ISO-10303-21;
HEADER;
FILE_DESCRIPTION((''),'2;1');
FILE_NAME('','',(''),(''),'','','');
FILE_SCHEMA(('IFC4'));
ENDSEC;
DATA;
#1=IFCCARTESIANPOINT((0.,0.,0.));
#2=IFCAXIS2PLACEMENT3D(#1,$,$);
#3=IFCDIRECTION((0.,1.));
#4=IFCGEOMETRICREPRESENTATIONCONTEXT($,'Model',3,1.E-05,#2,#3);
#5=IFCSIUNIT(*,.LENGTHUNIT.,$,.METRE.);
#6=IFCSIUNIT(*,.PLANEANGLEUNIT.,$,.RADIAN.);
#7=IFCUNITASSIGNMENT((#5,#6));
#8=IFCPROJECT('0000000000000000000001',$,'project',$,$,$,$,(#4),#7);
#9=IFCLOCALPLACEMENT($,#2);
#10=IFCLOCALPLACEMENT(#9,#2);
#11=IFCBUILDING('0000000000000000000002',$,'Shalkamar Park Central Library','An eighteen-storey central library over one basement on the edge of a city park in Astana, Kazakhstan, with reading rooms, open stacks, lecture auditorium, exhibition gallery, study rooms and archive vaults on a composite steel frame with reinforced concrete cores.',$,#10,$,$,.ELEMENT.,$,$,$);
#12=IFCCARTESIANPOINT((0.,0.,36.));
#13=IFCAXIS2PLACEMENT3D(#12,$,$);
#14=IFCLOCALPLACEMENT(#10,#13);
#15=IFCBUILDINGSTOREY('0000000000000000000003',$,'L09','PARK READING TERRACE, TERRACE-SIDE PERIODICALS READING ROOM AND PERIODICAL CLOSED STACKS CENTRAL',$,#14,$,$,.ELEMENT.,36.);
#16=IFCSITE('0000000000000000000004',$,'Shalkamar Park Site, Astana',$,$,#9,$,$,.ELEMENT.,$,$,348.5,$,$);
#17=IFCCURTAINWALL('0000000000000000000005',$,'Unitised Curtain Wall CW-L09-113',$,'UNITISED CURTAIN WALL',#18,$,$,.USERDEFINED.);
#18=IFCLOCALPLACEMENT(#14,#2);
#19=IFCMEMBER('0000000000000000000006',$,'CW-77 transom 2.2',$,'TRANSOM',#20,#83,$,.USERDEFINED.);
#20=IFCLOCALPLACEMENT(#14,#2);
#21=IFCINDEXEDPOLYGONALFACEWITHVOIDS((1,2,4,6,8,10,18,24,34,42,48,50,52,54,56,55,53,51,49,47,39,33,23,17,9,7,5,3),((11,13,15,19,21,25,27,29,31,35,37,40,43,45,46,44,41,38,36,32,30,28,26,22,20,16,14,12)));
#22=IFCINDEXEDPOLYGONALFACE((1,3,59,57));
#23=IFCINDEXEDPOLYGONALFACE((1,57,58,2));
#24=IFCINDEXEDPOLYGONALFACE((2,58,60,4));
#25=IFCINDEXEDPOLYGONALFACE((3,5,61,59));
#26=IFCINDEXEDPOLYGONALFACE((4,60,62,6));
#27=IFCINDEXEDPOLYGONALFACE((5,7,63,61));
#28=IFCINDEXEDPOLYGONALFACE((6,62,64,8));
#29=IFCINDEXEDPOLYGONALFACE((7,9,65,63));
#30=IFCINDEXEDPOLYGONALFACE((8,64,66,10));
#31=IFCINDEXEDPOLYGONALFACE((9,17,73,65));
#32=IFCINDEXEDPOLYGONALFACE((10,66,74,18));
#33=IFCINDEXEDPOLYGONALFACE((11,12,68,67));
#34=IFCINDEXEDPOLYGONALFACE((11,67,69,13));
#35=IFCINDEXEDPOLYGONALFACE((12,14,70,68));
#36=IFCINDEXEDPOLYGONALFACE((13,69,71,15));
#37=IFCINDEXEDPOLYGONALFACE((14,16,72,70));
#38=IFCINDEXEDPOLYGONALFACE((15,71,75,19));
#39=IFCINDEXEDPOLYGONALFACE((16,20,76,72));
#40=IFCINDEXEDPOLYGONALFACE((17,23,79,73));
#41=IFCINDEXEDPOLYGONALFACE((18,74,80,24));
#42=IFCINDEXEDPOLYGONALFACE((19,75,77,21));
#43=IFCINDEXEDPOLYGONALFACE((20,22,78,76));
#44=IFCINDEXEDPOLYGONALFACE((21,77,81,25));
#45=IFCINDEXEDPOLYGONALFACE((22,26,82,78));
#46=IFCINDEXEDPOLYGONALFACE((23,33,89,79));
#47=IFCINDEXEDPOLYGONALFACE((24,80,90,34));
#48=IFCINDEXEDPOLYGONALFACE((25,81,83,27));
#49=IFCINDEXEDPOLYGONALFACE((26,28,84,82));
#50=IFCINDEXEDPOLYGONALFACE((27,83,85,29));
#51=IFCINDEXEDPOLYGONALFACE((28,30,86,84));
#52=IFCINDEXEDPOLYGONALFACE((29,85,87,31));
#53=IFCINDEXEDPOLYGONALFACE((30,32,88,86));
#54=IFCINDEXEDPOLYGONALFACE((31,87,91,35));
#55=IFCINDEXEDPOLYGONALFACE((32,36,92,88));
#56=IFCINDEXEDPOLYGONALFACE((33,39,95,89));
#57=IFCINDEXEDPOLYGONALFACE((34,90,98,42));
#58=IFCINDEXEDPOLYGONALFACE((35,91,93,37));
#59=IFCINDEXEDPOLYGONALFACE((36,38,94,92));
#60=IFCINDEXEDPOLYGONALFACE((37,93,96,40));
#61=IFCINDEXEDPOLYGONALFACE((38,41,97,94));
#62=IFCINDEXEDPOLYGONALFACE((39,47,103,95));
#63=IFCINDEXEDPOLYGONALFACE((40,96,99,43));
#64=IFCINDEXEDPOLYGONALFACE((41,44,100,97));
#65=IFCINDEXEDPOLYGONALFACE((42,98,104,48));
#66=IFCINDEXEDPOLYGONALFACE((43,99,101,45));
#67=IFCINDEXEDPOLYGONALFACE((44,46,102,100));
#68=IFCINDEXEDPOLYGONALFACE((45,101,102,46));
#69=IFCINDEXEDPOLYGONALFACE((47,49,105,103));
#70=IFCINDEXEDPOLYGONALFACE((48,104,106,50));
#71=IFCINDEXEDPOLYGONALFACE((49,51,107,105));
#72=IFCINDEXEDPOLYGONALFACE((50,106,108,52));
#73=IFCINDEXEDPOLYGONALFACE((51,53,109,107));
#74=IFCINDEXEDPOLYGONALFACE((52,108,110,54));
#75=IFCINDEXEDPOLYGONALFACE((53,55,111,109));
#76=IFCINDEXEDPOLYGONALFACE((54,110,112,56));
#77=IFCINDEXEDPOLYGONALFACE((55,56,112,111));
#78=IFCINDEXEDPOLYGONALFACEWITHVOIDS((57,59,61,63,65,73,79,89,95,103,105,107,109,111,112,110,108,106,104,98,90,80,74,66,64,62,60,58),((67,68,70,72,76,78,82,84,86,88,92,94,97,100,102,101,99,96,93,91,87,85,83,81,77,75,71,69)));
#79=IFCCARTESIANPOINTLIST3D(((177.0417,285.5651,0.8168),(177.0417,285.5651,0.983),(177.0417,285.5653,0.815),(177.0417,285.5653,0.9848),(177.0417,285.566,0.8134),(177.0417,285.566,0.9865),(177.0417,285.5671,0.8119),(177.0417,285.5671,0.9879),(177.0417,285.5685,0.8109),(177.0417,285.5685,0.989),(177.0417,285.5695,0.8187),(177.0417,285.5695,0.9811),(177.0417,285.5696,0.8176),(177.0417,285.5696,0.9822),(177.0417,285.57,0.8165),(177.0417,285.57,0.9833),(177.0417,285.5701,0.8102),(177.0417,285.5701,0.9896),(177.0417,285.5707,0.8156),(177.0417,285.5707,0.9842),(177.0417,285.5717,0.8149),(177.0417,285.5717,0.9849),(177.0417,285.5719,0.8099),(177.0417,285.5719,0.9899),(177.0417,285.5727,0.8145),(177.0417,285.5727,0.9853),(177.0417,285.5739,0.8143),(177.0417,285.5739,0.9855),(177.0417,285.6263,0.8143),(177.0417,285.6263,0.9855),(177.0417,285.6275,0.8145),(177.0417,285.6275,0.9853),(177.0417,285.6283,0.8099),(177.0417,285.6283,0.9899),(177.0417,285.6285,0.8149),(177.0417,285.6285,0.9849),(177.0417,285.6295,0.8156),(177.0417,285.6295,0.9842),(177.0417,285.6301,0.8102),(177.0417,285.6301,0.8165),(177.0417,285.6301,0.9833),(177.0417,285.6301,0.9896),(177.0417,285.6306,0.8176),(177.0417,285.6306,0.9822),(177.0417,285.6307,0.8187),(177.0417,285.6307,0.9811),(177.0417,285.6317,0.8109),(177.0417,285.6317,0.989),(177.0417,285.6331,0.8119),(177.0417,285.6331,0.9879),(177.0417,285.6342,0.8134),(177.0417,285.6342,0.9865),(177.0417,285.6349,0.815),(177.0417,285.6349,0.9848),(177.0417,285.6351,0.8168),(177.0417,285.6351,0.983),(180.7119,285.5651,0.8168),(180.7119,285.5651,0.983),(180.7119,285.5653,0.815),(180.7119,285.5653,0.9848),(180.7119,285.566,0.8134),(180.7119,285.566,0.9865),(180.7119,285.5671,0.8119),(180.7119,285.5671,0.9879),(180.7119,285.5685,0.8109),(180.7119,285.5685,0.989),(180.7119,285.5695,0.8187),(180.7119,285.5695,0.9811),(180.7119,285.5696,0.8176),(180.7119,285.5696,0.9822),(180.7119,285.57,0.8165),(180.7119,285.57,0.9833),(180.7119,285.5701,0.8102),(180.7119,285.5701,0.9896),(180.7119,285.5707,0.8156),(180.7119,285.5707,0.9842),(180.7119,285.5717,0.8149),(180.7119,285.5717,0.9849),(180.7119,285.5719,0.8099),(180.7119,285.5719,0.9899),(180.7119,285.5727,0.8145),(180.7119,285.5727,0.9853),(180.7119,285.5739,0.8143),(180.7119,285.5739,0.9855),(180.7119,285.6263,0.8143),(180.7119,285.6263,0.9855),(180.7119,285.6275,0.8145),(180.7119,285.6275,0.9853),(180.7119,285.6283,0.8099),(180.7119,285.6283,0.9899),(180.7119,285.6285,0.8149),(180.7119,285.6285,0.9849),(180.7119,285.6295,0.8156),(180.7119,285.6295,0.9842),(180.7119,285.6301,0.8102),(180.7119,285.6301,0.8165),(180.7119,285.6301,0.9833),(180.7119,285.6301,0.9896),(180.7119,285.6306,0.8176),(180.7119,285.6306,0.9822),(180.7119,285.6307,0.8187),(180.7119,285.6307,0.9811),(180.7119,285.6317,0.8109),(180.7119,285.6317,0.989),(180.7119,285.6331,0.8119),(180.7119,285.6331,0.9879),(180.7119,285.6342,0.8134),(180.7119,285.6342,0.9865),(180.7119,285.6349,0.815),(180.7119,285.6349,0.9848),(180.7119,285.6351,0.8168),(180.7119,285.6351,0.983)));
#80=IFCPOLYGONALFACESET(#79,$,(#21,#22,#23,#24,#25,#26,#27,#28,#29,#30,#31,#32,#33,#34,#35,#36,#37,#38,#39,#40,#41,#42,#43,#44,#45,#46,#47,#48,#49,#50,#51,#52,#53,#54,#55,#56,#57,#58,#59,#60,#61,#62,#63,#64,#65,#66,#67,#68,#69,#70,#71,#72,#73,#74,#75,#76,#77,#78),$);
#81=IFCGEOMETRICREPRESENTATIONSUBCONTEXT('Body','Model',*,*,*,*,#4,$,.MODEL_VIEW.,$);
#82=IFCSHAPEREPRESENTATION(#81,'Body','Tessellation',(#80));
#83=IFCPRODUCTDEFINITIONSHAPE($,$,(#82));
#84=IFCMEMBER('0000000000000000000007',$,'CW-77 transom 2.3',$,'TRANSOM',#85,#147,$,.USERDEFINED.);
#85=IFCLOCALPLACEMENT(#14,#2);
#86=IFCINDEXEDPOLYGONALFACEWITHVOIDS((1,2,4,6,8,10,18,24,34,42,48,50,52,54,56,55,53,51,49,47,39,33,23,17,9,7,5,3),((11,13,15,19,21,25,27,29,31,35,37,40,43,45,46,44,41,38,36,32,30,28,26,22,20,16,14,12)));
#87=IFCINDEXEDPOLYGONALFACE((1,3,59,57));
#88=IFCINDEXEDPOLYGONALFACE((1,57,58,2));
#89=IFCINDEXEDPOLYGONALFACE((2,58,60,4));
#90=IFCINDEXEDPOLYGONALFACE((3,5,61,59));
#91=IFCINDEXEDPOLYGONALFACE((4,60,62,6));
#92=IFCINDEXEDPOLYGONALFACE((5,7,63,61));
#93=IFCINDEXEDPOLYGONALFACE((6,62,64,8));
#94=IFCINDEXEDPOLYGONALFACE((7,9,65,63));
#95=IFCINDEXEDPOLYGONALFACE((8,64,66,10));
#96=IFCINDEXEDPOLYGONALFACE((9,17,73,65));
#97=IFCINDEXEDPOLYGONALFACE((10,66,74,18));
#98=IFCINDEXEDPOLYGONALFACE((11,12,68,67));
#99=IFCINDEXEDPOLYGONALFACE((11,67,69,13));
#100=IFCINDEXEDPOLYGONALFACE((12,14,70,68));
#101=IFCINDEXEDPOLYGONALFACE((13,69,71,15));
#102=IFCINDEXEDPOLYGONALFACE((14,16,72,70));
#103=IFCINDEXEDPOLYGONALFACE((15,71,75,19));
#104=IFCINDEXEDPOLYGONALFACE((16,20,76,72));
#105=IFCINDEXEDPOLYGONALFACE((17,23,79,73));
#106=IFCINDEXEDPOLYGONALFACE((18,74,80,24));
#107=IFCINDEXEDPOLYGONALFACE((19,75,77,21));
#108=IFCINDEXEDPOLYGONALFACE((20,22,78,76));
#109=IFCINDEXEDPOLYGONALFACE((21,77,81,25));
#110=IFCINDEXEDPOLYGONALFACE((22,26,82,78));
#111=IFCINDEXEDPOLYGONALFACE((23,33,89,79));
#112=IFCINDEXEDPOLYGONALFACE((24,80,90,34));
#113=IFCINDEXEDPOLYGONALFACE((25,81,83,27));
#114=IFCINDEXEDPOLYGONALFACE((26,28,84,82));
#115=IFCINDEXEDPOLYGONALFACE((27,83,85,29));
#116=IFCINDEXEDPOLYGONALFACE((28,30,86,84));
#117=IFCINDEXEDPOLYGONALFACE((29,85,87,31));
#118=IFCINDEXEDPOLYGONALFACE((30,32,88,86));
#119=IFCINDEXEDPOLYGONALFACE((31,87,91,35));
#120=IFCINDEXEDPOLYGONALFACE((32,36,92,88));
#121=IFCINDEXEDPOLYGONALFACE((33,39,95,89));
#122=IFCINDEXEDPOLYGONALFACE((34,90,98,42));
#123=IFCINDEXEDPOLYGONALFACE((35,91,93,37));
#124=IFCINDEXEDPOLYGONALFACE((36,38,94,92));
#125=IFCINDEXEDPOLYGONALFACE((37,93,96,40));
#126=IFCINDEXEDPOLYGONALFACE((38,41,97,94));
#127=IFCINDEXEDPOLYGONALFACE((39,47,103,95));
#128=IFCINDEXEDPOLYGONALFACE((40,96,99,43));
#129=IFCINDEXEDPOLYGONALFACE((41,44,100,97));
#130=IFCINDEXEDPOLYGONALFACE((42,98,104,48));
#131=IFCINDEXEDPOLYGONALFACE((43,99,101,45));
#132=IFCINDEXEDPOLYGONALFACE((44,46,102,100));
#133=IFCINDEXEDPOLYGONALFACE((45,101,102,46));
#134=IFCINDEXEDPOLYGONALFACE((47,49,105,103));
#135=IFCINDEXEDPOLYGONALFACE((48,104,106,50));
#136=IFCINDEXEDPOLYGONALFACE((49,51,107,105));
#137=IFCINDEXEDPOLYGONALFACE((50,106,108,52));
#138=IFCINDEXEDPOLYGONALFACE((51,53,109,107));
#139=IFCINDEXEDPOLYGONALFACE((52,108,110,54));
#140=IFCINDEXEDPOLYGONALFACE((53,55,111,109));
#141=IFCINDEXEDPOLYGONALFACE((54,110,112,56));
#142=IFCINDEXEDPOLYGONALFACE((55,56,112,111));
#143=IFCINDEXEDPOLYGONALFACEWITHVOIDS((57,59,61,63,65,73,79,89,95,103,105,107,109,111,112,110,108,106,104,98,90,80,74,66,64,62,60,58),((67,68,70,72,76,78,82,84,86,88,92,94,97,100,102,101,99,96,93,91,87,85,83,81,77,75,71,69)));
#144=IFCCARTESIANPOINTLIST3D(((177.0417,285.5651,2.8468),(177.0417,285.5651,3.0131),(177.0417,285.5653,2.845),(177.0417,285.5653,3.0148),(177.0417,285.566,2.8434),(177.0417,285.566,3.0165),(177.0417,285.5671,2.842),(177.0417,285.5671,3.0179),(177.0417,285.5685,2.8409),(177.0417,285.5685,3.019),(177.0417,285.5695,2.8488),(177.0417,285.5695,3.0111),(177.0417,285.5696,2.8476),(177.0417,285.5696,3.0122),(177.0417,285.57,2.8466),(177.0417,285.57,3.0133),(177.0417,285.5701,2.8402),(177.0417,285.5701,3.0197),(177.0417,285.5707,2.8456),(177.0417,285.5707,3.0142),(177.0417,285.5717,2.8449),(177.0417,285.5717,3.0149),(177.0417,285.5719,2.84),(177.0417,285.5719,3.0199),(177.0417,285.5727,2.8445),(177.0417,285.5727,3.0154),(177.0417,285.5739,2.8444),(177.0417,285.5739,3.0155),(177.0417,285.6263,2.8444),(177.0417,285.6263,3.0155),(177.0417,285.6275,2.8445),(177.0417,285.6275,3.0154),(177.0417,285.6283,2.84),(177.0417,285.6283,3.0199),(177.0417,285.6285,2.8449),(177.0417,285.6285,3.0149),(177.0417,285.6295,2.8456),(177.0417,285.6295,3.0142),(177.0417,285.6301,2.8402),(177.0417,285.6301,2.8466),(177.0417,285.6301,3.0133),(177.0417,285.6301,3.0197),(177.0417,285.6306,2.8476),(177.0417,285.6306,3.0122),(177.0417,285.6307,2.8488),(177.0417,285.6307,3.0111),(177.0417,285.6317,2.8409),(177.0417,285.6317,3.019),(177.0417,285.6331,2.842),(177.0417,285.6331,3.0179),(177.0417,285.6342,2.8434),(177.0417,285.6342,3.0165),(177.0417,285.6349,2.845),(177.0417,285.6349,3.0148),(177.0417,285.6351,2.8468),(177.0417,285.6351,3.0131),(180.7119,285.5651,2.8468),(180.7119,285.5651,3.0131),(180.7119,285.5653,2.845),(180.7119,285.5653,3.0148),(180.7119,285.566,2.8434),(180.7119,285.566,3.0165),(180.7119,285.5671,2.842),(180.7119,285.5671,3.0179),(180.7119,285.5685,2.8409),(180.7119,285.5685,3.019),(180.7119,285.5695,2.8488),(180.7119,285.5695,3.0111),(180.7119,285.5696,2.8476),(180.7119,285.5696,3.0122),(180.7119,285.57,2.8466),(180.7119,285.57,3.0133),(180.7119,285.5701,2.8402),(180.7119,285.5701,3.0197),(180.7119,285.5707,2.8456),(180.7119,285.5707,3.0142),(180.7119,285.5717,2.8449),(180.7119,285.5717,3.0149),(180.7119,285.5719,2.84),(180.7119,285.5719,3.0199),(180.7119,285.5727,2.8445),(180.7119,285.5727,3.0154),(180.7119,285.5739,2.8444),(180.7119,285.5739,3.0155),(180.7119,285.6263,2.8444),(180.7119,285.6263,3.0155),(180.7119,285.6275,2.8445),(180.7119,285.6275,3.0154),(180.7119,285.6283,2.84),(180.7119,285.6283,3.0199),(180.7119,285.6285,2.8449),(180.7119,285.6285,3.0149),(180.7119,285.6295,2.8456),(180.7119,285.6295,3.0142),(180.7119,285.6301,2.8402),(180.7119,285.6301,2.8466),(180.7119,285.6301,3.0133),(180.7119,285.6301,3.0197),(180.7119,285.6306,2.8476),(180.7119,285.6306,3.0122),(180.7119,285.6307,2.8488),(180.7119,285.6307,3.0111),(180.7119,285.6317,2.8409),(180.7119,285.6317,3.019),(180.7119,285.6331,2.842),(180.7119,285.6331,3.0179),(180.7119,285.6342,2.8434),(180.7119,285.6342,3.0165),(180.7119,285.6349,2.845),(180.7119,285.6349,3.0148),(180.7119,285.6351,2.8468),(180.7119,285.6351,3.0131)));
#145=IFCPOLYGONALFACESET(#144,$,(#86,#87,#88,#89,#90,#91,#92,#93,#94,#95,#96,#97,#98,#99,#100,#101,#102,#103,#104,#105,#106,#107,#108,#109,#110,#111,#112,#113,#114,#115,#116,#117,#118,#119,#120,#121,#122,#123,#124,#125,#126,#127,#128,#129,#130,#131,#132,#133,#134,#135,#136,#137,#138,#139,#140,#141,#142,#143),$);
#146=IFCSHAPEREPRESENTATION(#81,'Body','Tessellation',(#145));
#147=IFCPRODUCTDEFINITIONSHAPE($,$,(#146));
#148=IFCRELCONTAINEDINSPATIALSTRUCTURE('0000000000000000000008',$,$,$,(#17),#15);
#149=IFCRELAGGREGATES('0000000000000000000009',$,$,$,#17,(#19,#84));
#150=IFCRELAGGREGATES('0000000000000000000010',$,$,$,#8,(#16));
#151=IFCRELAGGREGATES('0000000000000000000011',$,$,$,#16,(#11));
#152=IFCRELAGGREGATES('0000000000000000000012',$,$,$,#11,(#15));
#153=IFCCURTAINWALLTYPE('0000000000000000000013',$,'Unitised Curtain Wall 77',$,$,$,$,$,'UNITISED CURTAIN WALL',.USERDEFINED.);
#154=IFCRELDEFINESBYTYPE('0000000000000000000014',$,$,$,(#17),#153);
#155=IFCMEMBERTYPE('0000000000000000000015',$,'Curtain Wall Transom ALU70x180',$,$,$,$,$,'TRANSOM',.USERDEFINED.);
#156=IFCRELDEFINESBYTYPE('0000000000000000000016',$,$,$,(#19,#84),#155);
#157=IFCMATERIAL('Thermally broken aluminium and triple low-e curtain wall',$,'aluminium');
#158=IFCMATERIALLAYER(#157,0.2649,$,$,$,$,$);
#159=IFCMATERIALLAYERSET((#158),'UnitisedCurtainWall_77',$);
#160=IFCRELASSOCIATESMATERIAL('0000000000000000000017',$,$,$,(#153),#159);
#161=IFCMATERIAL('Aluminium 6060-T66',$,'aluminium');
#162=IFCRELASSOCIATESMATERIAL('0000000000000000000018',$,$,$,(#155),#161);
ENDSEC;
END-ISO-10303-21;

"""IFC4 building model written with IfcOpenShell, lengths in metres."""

from ifc_helpers import new_model, si_unit, direction, frame, origin, origin_2d, place, context, subcontext, project, spatial, hollow_rectangle, extrude, material, layer, layer_set, material_profile, profile_set, type_object, element, aggregate, save


model = new_model("IFC4")

# Units and contexts
model_context = context("Model", 3, precision=1e-05, world=origin(), true_north=direction((0.0, 1.0)))
body_context = subcontext(model_context, "Body", "Model", "MODEL_VIEW")
ifc_project = project(units=[si_unit("LENGTHUNIT", "METRE"), si_unit("PLANEANGLEUNIT", "RADIAN")], contexts=[model_context])

# Site, building, storey
site_placement = place(None, origin())
site = spatial("IfcSite", under=ifc_project, at=site_placement, Name="Shalkamar Park Site, Astana", CompositionType="ELEMENT", RefElevation=348.5)
building_placement = place(site_placement, origin())
building = spatial("IfcBuilding", under=site, at=building_placement, Name="Shalkamar Park Central Library", Description="An eighteen-storey central library over one basement on the edge of a city park in Astana, Kazakhstan, with reading rooms, open stacks, lecture auditorium, exhibition gallery, study rooms and archive vaults on a composite steel frame with reinforced concrete cores.", CompositionType="ELEMENT")
storey_placement = place(building_placement, frame((0.0, 0.0, 36.0)))
storey = spatial("IfcBuildingStorey", under=building, at=storey_placement, Name="L09", Description="PARK READING TERRACE, TERRACE-SIDE PERIODICALS READING ROOM AND PERIODICAL CLOSED STACKS CENTRAL", CompositionType="ELEMENT", Elevation=36.0)

# Curtain wall, members
ifc_material_1 = material(Name="Thermally broken aluminium and triple low-e curtain wall", Category="aluminium")
ifc_layer_1 = layer(ifc_material_1, 0.2649)
ifc_layer_set_1 = layer_set([ifc_layer_1], Name="UnitisedCurtainWall_77")
curtain_wall_type = type_object("IfcCurtainWallType", Name="Unitised Curtain Wall 77", ElementType="UNITISED CURTAIN WALL", PredefinedType="USERDEFINED", material=ifc_layer_set_1)
curtain_wall_placement = place(storey_placement, origin())
curtain_wall = element("IfcCurtainWall", 1, at=curtain_wall_placement, inside=storey, type_object=curtain_wall_type, Name="Unitised Curtain Wall CW-L09-113", ObjectType="UNITISED CURTAIN WALL", PredefinedType="USERDEFINED")
ifc_material_2 = material(Name="Aluminium 6060-T66", Category="aluminium")
ifc_material_profile_1 = material_profile(ifc_material_2, hollow_rectangle(XDim=0.0701, YDim=0.1799, WallThickness=0.0044, InnerFilletRadius=0.0044, OuterFilletRadius=0.0068, at=origin_2d()), Name="ALU 70x180x4.5")
ifc_profile_set_1 = profile_set([ifc_material_profile_1], Name="Aluminium 6060-T66")
member_type_1 = type_object("IfcMemberType", Name="Curtain Wall Transom ALU70x180", ElementType="TRANSOM", PredefinedType="USERDEFINED", material=ifc_profile_set_1)
member_1_placement = place(storey_placement, frame((177.0417, 285.6001, 0.8999), z_axis=(1.0, 0.0, 0.0), x_axis=(0.0, 1.0, 0.0)))
member_1 = element("IfcMember", 2, at=member_1_placement, type_object=member_type_1, Name="CW-77 transom 2.2", ObjectType="TRANSOM", PredefinedType="USERDEFINED", context=body_context, shape_type="SweptSolid", body=[
    extrude(hollow_rectangle(XDim=0.0701, YDim=0.1799, WallThickness=0.0044, InnerFilletRadius=0.0044, OuterFilletRadius=0.0068, at=origin_2d()), origin(), (0.0, 0.0, 1.0), 3.6702),
])
member_2_placement = place(storey_placement, frame((177.0417, 285.6001, 2.9299), z_axis=(1.0, 0.0, 0.0), x_axis=(0.0, 1.0, 0.0)))
member_2 = element("IfcMember", 3, at=member_2_placement, type_object=member_type_1, Name="CW-77 transom 2.3", ObjectType="TRANSOM", PredefinedType="USERDEFINED", context=body_context, shape_type="SweptSolid", body=[
    extrude(hollow_rectangle(XDim=0.0701, YDim=0.1799, WallThickness=0.0044, InnerFilletRadius=0.0044, OuterFilletRadius=0.0068, at=origin_2d()), origin(), (0.0, 0.0, 1.0), 3.6702),
])

aggregate(curtain_wall, [member_1, member_2])

save(model, "model.ifc")
